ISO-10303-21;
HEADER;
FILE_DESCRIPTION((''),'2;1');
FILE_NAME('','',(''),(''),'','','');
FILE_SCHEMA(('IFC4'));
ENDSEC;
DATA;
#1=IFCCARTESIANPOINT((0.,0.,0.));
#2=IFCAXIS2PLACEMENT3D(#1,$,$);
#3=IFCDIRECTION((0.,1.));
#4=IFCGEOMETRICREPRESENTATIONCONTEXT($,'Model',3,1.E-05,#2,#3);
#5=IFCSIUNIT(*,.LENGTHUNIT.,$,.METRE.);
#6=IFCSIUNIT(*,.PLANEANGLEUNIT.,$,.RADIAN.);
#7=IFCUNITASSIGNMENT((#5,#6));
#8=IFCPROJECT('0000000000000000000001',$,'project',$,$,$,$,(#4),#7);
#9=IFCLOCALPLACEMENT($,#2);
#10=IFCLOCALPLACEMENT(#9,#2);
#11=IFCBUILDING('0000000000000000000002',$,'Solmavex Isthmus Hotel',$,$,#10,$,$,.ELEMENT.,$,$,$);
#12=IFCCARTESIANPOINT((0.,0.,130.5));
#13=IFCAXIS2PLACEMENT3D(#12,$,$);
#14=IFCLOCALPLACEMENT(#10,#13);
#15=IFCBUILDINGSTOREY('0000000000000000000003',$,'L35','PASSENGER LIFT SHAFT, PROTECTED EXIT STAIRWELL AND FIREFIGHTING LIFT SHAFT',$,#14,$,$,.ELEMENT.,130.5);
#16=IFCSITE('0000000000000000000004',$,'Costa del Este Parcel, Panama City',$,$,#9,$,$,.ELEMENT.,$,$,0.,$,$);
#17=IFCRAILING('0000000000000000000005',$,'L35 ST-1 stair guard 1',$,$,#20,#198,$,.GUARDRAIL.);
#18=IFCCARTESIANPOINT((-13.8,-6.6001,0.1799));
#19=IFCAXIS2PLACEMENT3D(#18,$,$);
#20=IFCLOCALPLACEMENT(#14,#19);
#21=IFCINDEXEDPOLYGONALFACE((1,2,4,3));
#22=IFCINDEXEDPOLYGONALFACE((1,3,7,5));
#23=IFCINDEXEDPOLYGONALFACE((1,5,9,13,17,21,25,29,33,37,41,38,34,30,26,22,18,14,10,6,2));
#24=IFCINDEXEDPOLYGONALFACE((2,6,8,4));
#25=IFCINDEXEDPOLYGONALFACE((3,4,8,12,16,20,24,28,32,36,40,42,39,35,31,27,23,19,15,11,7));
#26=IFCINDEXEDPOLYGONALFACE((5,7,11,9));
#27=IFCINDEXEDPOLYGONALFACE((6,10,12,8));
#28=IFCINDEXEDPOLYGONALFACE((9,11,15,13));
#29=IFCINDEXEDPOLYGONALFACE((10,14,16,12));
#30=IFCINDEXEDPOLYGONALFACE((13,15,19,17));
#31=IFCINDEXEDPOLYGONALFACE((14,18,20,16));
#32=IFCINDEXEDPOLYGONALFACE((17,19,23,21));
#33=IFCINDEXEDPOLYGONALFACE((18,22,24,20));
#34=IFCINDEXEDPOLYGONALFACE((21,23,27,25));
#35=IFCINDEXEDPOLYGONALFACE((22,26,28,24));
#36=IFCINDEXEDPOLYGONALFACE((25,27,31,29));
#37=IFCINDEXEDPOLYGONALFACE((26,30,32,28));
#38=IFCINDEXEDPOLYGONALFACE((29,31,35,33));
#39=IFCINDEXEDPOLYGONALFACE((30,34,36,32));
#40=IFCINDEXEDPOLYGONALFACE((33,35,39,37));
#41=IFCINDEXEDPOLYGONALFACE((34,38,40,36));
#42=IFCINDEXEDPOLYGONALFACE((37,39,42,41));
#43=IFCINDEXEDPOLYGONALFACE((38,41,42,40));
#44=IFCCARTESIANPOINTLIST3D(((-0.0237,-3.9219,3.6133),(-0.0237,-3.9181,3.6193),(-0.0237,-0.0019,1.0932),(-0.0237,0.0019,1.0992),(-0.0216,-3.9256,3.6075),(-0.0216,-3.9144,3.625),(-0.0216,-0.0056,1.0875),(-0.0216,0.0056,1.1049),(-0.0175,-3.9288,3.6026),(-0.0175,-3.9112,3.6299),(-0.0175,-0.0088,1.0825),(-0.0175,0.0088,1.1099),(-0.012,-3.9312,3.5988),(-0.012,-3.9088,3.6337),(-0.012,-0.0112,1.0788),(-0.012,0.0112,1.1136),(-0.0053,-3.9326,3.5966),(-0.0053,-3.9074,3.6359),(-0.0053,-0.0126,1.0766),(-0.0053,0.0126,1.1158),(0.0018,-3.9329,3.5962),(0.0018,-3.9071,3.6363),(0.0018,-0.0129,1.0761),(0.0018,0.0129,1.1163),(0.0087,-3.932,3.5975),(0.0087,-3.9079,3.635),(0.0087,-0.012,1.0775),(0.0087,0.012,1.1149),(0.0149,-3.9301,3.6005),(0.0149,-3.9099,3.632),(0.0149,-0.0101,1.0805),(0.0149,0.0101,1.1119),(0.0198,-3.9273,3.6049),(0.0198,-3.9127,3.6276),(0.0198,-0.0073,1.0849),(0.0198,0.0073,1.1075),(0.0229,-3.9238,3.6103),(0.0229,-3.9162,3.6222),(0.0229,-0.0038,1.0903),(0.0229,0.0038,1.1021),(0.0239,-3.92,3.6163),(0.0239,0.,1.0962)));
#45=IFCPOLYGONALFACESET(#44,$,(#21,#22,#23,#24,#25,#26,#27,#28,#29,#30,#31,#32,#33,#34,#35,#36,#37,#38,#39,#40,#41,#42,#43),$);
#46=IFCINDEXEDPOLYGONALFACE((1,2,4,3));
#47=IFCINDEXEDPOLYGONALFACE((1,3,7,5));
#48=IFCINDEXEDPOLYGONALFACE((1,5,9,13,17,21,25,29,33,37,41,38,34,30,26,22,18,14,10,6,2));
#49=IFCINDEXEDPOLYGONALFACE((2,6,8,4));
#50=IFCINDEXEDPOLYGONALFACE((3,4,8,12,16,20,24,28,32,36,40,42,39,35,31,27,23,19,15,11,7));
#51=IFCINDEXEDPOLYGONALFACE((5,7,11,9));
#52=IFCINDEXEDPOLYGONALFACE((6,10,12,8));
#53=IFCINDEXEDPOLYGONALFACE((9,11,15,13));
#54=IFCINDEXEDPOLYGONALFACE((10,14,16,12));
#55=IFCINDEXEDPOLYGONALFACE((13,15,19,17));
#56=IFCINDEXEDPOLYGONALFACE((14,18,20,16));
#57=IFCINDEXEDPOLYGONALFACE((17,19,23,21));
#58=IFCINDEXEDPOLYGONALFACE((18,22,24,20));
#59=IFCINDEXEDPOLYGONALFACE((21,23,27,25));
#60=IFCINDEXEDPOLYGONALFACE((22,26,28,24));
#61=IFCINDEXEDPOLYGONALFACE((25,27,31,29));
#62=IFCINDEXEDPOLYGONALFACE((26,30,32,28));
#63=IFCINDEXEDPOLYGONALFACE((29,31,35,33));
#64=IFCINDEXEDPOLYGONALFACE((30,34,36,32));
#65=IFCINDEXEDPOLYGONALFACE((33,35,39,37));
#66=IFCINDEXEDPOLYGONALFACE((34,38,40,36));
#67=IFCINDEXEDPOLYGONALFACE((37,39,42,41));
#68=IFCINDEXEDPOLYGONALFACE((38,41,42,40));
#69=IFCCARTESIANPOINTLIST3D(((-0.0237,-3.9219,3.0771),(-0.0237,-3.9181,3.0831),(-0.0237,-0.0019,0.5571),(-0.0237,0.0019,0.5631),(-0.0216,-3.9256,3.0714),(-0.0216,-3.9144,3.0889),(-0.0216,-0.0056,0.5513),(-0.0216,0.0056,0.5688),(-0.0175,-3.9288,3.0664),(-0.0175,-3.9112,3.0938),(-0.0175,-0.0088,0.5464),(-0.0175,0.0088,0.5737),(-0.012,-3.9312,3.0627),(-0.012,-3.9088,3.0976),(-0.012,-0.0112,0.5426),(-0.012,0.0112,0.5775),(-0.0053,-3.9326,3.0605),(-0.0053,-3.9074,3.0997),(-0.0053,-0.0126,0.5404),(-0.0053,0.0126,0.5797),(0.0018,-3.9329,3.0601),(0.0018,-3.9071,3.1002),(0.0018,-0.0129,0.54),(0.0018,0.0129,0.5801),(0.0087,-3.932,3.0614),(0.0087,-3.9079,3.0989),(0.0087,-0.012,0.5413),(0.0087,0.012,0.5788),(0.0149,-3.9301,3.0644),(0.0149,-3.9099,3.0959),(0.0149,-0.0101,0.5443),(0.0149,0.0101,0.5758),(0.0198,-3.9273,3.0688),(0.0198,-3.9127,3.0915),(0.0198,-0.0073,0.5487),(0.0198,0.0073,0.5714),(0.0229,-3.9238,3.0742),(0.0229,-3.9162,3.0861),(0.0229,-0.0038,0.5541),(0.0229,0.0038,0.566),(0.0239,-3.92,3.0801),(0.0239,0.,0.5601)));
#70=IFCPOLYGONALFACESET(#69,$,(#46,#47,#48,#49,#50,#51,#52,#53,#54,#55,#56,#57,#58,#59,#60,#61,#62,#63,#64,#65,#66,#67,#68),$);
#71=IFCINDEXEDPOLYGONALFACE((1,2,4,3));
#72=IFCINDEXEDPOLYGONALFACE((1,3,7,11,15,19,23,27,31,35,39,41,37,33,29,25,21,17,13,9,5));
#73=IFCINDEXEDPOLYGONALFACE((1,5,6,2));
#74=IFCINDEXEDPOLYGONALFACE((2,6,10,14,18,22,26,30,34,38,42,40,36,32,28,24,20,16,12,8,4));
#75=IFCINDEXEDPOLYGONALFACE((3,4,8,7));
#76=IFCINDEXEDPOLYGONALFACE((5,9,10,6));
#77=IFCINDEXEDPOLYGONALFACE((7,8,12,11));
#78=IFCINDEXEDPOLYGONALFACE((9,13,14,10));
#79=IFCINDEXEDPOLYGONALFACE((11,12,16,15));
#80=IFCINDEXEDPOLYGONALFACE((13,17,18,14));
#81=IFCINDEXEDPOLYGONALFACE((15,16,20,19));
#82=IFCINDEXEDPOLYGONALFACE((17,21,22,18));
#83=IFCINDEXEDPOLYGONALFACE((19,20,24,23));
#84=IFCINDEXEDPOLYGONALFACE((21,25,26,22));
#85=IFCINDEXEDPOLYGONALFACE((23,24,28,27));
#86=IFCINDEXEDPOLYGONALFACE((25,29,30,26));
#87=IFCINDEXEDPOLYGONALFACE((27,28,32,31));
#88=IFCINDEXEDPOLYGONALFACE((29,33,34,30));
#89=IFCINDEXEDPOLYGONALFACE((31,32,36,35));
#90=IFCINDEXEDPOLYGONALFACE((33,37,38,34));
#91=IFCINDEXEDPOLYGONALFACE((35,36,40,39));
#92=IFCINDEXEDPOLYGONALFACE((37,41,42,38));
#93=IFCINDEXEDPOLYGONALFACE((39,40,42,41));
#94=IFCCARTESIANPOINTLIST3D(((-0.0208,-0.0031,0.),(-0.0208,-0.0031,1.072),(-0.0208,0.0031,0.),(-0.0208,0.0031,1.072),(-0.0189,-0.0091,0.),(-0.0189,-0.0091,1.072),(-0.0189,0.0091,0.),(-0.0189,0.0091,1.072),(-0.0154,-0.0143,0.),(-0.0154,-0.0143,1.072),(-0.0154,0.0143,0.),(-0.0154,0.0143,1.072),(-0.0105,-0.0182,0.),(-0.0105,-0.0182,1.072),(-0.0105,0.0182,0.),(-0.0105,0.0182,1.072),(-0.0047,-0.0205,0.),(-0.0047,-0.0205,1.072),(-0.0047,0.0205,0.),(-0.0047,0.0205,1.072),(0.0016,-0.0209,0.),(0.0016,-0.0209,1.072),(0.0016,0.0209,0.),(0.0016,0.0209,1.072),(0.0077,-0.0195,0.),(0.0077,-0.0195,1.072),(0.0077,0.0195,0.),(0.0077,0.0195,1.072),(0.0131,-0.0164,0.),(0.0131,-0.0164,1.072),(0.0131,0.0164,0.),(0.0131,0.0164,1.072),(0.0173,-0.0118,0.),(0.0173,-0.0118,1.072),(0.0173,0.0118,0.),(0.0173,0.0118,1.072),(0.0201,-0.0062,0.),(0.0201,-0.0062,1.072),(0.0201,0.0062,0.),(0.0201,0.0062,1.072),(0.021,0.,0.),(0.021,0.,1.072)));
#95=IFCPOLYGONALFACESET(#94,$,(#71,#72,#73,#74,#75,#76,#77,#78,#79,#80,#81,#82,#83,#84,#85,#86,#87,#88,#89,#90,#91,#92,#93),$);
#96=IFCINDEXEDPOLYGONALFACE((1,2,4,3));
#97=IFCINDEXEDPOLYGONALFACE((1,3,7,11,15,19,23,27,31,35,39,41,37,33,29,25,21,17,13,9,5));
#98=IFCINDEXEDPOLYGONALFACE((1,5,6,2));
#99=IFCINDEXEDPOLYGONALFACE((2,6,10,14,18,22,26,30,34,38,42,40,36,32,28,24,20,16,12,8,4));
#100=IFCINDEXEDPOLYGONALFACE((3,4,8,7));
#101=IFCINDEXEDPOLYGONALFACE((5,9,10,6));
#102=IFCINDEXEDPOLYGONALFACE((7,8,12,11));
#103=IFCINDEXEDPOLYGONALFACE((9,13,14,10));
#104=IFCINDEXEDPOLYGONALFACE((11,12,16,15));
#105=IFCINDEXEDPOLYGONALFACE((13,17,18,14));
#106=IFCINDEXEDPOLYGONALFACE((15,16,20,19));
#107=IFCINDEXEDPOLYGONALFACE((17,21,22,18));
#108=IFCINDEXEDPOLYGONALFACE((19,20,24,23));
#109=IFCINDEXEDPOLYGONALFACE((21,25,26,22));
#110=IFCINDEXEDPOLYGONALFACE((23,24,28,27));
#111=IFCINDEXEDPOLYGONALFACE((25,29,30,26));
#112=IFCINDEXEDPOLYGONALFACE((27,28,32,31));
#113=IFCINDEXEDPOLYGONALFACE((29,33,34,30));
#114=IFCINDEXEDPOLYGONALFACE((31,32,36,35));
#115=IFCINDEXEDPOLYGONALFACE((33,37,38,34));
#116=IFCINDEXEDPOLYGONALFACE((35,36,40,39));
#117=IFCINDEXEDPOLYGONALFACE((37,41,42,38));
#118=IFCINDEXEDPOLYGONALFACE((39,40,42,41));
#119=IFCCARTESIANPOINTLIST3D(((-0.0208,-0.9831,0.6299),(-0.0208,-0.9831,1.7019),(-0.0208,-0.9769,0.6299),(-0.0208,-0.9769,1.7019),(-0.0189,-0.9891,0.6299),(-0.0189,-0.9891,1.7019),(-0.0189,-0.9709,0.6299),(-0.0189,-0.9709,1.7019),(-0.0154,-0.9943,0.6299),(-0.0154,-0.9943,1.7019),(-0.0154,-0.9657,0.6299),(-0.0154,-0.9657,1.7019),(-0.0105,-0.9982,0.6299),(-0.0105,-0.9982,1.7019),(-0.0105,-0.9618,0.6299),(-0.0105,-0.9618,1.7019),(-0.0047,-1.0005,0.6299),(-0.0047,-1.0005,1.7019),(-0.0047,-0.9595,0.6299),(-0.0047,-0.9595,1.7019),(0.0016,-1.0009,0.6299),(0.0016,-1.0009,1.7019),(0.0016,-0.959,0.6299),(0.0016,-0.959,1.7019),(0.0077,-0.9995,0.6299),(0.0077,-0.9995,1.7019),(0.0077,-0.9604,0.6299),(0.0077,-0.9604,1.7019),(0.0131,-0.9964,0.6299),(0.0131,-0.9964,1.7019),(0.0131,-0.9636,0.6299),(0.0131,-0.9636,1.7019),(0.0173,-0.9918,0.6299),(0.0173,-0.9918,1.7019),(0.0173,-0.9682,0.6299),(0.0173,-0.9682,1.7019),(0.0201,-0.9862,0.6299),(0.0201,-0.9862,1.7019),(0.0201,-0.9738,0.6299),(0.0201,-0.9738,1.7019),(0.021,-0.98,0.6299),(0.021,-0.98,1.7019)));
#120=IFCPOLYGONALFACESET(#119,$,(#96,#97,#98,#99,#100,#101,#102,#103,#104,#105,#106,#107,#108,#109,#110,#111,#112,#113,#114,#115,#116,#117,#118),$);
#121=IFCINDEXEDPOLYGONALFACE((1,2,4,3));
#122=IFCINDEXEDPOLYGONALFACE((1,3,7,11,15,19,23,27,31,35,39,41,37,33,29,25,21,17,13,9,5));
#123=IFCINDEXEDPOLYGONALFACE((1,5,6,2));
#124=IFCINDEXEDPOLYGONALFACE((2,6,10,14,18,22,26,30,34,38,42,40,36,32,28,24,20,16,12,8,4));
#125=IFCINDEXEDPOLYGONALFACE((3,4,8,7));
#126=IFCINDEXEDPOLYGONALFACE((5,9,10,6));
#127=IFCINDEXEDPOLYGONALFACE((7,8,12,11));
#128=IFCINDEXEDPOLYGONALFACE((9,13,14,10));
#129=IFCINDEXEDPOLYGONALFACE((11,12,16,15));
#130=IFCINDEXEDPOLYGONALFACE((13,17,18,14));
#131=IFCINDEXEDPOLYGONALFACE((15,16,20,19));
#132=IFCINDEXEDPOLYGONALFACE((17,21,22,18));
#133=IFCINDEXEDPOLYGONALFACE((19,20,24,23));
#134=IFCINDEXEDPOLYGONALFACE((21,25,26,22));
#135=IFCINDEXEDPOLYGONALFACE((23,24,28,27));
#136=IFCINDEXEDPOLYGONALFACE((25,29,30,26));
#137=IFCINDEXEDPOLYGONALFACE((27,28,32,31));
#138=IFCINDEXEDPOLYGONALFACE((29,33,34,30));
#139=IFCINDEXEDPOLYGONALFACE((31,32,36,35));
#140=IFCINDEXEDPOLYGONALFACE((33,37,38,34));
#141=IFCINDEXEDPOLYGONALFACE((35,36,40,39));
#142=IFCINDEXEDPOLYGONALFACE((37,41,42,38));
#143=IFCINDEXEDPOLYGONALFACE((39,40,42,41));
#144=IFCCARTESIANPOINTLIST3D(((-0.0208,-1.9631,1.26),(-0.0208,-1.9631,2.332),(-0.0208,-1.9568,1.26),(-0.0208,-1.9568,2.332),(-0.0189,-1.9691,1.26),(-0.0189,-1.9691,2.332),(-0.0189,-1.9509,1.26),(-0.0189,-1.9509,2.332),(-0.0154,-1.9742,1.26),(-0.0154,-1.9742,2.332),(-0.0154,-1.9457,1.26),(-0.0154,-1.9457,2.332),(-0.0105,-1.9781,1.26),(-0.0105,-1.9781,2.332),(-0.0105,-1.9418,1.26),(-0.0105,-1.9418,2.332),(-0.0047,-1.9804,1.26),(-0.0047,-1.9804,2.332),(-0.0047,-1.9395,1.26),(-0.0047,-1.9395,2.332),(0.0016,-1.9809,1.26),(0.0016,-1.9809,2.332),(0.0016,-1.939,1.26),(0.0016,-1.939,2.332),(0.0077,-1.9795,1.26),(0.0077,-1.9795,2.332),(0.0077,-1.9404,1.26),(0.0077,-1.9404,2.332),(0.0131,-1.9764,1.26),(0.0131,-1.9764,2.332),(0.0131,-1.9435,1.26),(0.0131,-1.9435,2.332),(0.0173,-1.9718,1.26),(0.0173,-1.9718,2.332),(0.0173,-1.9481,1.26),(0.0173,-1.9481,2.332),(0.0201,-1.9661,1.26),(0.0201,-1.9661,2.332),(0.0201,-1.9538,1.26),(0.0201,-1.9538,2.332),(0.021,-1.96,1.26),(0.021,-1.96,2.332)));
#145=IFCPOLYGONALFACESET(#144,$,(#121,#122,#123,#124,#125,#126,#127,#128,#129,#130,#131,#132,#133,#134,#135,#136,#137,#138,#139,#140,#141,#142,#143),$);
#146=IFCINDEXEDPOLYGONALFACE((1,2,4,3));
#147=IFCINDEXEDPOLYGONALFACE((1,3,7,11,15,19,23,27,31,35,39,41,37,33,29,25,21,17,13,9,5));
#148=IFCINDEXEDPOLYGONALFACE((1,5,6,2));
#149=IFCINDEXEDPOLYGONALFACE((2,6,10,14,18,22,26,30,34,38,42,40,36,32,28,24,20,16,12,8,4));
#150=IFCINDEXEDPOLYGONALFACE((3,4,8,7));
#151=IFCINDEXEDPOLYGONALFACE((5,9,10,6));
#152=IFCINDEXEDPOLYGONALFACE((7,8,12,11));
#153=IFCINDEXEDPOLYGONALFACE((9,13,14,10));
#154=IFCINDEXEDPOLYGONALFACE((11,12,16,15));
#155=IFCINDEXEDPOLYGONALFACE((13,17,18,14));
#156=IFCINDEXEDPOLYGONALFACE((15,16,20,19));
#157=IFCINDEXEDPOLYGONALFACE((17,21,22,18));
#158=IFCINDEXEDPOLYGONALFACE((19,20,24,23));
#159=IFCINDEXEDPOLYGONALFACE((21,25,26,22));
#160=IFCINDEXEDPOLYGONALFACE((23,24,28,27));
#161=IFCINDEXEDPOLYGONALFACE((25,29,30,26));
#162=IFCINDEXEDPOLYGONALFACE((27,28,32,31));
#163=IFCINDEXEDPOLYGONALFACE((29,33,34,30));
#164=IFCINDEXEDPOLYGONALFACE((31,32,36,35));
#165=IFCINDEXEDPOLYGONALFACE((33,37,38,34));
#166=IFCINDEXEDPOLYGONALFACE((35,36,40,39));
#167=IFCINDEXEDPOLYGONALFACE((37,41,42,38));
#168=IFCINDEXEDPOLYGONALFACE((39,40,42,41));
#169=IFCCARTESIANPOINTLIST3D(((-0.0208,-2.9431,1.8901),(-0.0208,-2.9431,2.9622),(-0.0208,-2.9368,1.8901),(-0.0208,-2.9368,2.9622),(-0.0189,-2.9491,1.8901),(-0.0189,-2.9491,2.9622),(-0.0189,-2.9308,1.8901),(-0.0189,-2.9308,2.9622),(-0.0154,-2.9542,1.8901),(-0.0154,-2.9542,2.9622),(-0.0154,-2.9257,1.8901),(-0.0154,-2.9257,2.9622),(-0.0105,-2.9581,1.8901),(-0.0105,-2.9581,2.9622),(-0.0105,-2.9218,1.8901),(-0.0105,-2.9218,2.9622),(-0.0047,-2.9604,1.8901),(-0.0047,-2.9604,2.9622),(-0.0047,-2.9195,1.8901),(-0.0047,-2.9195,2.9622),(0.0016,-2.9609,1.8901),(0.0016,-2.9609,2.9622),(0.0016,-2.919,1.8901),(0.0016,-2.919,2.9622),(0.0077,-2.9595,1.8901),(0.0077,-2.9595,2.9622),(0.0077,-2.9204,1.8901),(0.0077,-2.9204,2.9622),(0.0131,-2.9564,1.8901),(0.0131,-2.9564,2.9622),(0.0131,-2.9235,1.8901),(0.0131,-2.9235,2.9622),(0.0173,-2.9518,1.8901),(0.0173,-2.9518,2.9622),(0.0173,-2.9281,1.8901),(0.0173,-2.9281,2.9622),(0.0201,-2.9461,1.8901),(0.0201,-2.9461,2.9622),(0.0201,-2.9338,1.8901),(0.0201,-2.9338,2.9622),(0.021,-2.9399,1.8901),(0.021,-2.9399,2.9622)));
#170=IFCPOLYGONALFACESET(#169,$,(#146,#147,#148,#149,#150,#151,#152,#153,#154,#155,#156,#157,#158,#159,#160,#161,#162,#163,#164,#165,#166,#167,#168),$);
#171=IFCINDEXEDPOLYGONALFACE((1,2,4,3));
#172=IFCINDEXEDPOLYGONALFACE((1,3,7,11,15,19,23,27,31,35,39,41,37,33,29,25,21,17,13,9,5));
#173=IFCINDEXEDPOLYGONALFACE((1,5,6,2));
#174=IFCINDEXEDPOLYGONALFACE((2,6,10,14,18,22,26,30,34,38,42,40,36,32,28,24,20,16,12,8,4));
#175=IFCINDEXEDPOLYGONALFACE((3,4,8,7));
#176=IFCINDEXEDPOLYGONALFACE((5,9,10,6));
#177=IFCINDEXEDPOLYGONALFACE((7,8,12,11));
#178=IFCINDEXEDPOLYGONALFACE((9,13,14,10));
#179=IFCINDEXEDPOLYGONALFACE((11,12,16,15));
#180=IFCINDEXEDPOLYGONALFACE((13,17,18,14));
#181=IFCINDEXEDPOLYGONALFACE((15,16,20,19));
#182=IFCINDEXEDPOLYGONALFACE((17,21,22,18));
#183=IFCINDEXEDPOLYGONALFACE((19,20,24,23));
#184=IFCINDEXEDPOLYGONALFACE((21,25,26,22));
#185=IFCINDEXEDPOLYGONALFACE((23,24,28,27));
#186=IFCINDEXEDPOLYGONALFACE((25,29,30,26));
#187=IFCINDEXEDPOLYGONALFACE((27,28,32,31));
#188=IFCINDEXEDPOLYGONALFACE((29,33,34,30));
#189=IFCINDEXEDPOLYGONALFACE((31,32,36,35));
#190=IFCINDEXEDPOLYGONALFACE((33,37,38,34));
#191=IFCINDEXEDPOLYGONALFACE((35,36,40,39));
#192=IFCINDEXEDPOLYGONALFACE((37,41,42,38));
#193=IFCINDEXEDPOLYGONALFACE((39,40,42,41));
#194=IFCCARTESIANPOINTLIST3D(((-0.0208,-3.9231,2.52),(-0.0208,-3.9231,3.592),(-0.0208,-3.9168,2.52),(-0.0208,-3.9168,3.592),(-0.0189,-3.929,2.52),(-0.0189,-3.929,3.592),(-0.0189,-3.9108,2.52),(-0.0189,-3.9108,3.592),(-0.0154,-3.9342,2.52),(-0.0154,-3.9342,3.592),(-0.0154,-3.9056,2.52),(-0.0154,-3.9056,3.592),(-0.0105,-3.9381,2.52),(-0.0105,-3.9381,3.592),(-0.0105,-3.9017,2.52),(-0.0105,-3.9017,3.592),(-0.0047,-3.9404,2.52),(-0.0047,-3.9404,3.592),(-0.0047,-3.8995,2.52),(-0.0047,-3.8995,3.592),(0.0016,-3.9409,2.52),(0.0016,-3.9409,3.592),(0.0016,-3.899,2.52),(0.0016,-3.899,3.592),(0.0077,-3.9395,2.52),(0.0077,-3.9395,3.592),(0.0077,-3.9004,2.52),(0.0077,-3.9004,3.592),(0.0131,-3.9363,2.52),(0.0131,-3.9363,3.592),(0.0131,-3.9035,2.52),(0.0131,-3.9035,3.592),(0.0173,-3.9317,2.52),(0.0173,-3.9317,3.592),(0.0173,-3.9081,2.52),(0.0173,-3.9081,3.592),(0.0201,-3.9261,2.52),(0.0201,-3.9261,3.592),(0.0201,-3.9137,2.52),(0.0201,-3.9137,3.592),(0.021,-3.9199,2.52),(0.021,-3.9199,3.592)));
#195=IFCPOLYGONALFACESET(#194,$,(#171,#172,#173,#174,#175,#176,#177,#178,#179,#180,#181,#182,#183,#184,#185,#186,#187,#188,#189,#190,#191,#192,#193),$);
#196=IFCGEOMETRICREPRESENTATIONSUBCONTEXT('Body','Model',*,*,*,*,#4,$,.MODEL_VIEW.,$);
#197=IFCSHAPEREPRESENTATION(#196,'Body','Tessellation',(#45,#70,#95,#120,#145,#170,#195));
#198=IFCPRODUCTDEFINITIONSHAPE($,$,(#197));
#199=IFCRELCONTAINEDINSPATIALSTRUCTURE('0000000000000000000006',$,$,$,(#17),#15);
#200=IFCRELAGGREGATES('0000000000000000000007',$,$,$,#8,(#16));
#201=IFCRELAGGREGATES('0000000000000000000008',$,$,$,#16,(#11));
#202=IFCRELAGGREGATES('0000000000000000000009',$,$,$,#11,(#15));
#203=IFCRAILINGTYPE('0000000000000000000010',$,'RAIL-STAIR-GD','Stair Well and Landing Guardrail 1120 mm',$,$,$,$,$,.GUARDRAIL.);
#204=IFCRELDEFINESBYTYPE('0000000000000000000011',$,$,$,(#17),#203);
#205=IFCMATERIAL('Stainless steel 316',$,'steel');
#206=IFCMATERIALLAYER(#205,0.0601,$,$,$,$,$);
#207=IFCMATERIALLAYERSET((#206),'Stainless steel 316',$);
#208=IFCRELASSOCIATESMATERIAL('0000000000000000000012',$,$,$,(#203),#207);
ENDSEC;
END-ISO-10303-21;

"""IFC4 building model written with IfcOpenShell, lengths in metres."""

from ifc_helpers import new_model, si_unit, direction, frame, origin, origin_2d, place, context, subcontext, project, spatial, circle, extrude, material, layer, layer_set, type_object, element, save


model = new_model("IFC4")

# Units and contexts
model_context = context("Model", 3, precision=1e-05, world=origin(), true_north=direction((0.0, 1.0)))
body_context = subcontext(model_context, "Body", "Model", "MODEL_VIEW")
ifc_project = project(units=[si_unit("LENGTHUNIT", "METRE"), si_unit("PLANEANGLEUNIT", "RADIAN")], contexts=[model_context])

# Site, building, storey
site_placement = place(None, origin())
site = spatial("IfcSite", under=ifc_project, at=site_placement, Name="Costa del Este Parcel, Panama City", CompositionType="ELEMENT", RefElevation=0.0)
building_placement = place(site_placement, origin())
building = spatial("IfcBuilding", under=site, at=building_placement, Name="Solmavex Isthmus Hotel", CompositionType="ELEMENT")
storey_placement = place(building_placement, frame((0.0, 0.0, 130.5)))
storey = spatial("IfcBuildingStorey", under=building, at=storey_placement, Name="L35", Description="PASSENGER LIFT SHAFT, PROTECTED EXIT STAIRWELL AND FIREFIGHTING LIFT SHAFT", CompositionType="ELEMENT", Elevation=130.5)

# Shared definitions
ifc_material_1 = material(Name="Stainless steel 316", Category="steel")

# Railing
ifc_layer_1 = layer(ifc_material_1, 0.0601)
ifc_layer_set_1 = layer_set([ifc_layer_1], Name="Stainless steel 316")
railing_type_1 = type_object("IfcRailingType", Name="RAIL-STAIR-GD", Description="Stair Well and Landing Guardrail 1120 mm", PredefinedType="GUARDRAIL", material=ifc_layer_set_1)
railing_1_placement = place(storey_placement, frame((-13.8, -6.6001, 0.1799)))
element("IfcRailing", 1, at=railing_1_placement, inside=storey, type_object=railing_type_1, Name="L35 ST-1 stair guard 1", PredefinedType="GUARDRAIL", context=body_context, shape_type="SweptSolid", body=[
    extrude(circle(Radius=0.0239, at=origin_2d()), frame((0.0, 0.0, 1.0962), z_axis=(0.0, -0.841172, 0.540768), x_axis=(1.0, 0.0, 0.0)), (0.0, 0.0, 1.0), 4.6602),
    extrude(circle(Radius=0.0239, at=origin_2d()), frame((0.0, 0.0, 0.5601), z_axis=(0.0, -0.841172, 0.540768), x_axis=(1.0, 0.0, 0.0)), (0.0, 0.0, 1.0), 4.6602),
    extrude(circle(Radius=0.021, at=origin_2d()), origin(), (0.0, 0.0, 1.0), 1.072),
    extrude(circle(Radius=0.021, at=origin_2d()), frame((0.0, -0.98, 0.6299)), (0.0, 0.0, 1.0), 1.072),
    extrude(circle(Radius=0.021, at=origin_2d()), frame((0.0, -1.96, 1.26)), (0.0, 0.0, 1.0), 1.072),
    extrude(circle(Radius=0.021, at=origin_2d()), frame((0.0, -2.9399, 1.8901)), (0.0, 0.0, 1.0), 1.072),
    extrude(circle(Radius=0.021, at=origin_2d()), frame((0.0, -3.9199, 2.52)), (0.0, 0.0, 1.0), 1.072),
])

save(model, "model.ifc")
